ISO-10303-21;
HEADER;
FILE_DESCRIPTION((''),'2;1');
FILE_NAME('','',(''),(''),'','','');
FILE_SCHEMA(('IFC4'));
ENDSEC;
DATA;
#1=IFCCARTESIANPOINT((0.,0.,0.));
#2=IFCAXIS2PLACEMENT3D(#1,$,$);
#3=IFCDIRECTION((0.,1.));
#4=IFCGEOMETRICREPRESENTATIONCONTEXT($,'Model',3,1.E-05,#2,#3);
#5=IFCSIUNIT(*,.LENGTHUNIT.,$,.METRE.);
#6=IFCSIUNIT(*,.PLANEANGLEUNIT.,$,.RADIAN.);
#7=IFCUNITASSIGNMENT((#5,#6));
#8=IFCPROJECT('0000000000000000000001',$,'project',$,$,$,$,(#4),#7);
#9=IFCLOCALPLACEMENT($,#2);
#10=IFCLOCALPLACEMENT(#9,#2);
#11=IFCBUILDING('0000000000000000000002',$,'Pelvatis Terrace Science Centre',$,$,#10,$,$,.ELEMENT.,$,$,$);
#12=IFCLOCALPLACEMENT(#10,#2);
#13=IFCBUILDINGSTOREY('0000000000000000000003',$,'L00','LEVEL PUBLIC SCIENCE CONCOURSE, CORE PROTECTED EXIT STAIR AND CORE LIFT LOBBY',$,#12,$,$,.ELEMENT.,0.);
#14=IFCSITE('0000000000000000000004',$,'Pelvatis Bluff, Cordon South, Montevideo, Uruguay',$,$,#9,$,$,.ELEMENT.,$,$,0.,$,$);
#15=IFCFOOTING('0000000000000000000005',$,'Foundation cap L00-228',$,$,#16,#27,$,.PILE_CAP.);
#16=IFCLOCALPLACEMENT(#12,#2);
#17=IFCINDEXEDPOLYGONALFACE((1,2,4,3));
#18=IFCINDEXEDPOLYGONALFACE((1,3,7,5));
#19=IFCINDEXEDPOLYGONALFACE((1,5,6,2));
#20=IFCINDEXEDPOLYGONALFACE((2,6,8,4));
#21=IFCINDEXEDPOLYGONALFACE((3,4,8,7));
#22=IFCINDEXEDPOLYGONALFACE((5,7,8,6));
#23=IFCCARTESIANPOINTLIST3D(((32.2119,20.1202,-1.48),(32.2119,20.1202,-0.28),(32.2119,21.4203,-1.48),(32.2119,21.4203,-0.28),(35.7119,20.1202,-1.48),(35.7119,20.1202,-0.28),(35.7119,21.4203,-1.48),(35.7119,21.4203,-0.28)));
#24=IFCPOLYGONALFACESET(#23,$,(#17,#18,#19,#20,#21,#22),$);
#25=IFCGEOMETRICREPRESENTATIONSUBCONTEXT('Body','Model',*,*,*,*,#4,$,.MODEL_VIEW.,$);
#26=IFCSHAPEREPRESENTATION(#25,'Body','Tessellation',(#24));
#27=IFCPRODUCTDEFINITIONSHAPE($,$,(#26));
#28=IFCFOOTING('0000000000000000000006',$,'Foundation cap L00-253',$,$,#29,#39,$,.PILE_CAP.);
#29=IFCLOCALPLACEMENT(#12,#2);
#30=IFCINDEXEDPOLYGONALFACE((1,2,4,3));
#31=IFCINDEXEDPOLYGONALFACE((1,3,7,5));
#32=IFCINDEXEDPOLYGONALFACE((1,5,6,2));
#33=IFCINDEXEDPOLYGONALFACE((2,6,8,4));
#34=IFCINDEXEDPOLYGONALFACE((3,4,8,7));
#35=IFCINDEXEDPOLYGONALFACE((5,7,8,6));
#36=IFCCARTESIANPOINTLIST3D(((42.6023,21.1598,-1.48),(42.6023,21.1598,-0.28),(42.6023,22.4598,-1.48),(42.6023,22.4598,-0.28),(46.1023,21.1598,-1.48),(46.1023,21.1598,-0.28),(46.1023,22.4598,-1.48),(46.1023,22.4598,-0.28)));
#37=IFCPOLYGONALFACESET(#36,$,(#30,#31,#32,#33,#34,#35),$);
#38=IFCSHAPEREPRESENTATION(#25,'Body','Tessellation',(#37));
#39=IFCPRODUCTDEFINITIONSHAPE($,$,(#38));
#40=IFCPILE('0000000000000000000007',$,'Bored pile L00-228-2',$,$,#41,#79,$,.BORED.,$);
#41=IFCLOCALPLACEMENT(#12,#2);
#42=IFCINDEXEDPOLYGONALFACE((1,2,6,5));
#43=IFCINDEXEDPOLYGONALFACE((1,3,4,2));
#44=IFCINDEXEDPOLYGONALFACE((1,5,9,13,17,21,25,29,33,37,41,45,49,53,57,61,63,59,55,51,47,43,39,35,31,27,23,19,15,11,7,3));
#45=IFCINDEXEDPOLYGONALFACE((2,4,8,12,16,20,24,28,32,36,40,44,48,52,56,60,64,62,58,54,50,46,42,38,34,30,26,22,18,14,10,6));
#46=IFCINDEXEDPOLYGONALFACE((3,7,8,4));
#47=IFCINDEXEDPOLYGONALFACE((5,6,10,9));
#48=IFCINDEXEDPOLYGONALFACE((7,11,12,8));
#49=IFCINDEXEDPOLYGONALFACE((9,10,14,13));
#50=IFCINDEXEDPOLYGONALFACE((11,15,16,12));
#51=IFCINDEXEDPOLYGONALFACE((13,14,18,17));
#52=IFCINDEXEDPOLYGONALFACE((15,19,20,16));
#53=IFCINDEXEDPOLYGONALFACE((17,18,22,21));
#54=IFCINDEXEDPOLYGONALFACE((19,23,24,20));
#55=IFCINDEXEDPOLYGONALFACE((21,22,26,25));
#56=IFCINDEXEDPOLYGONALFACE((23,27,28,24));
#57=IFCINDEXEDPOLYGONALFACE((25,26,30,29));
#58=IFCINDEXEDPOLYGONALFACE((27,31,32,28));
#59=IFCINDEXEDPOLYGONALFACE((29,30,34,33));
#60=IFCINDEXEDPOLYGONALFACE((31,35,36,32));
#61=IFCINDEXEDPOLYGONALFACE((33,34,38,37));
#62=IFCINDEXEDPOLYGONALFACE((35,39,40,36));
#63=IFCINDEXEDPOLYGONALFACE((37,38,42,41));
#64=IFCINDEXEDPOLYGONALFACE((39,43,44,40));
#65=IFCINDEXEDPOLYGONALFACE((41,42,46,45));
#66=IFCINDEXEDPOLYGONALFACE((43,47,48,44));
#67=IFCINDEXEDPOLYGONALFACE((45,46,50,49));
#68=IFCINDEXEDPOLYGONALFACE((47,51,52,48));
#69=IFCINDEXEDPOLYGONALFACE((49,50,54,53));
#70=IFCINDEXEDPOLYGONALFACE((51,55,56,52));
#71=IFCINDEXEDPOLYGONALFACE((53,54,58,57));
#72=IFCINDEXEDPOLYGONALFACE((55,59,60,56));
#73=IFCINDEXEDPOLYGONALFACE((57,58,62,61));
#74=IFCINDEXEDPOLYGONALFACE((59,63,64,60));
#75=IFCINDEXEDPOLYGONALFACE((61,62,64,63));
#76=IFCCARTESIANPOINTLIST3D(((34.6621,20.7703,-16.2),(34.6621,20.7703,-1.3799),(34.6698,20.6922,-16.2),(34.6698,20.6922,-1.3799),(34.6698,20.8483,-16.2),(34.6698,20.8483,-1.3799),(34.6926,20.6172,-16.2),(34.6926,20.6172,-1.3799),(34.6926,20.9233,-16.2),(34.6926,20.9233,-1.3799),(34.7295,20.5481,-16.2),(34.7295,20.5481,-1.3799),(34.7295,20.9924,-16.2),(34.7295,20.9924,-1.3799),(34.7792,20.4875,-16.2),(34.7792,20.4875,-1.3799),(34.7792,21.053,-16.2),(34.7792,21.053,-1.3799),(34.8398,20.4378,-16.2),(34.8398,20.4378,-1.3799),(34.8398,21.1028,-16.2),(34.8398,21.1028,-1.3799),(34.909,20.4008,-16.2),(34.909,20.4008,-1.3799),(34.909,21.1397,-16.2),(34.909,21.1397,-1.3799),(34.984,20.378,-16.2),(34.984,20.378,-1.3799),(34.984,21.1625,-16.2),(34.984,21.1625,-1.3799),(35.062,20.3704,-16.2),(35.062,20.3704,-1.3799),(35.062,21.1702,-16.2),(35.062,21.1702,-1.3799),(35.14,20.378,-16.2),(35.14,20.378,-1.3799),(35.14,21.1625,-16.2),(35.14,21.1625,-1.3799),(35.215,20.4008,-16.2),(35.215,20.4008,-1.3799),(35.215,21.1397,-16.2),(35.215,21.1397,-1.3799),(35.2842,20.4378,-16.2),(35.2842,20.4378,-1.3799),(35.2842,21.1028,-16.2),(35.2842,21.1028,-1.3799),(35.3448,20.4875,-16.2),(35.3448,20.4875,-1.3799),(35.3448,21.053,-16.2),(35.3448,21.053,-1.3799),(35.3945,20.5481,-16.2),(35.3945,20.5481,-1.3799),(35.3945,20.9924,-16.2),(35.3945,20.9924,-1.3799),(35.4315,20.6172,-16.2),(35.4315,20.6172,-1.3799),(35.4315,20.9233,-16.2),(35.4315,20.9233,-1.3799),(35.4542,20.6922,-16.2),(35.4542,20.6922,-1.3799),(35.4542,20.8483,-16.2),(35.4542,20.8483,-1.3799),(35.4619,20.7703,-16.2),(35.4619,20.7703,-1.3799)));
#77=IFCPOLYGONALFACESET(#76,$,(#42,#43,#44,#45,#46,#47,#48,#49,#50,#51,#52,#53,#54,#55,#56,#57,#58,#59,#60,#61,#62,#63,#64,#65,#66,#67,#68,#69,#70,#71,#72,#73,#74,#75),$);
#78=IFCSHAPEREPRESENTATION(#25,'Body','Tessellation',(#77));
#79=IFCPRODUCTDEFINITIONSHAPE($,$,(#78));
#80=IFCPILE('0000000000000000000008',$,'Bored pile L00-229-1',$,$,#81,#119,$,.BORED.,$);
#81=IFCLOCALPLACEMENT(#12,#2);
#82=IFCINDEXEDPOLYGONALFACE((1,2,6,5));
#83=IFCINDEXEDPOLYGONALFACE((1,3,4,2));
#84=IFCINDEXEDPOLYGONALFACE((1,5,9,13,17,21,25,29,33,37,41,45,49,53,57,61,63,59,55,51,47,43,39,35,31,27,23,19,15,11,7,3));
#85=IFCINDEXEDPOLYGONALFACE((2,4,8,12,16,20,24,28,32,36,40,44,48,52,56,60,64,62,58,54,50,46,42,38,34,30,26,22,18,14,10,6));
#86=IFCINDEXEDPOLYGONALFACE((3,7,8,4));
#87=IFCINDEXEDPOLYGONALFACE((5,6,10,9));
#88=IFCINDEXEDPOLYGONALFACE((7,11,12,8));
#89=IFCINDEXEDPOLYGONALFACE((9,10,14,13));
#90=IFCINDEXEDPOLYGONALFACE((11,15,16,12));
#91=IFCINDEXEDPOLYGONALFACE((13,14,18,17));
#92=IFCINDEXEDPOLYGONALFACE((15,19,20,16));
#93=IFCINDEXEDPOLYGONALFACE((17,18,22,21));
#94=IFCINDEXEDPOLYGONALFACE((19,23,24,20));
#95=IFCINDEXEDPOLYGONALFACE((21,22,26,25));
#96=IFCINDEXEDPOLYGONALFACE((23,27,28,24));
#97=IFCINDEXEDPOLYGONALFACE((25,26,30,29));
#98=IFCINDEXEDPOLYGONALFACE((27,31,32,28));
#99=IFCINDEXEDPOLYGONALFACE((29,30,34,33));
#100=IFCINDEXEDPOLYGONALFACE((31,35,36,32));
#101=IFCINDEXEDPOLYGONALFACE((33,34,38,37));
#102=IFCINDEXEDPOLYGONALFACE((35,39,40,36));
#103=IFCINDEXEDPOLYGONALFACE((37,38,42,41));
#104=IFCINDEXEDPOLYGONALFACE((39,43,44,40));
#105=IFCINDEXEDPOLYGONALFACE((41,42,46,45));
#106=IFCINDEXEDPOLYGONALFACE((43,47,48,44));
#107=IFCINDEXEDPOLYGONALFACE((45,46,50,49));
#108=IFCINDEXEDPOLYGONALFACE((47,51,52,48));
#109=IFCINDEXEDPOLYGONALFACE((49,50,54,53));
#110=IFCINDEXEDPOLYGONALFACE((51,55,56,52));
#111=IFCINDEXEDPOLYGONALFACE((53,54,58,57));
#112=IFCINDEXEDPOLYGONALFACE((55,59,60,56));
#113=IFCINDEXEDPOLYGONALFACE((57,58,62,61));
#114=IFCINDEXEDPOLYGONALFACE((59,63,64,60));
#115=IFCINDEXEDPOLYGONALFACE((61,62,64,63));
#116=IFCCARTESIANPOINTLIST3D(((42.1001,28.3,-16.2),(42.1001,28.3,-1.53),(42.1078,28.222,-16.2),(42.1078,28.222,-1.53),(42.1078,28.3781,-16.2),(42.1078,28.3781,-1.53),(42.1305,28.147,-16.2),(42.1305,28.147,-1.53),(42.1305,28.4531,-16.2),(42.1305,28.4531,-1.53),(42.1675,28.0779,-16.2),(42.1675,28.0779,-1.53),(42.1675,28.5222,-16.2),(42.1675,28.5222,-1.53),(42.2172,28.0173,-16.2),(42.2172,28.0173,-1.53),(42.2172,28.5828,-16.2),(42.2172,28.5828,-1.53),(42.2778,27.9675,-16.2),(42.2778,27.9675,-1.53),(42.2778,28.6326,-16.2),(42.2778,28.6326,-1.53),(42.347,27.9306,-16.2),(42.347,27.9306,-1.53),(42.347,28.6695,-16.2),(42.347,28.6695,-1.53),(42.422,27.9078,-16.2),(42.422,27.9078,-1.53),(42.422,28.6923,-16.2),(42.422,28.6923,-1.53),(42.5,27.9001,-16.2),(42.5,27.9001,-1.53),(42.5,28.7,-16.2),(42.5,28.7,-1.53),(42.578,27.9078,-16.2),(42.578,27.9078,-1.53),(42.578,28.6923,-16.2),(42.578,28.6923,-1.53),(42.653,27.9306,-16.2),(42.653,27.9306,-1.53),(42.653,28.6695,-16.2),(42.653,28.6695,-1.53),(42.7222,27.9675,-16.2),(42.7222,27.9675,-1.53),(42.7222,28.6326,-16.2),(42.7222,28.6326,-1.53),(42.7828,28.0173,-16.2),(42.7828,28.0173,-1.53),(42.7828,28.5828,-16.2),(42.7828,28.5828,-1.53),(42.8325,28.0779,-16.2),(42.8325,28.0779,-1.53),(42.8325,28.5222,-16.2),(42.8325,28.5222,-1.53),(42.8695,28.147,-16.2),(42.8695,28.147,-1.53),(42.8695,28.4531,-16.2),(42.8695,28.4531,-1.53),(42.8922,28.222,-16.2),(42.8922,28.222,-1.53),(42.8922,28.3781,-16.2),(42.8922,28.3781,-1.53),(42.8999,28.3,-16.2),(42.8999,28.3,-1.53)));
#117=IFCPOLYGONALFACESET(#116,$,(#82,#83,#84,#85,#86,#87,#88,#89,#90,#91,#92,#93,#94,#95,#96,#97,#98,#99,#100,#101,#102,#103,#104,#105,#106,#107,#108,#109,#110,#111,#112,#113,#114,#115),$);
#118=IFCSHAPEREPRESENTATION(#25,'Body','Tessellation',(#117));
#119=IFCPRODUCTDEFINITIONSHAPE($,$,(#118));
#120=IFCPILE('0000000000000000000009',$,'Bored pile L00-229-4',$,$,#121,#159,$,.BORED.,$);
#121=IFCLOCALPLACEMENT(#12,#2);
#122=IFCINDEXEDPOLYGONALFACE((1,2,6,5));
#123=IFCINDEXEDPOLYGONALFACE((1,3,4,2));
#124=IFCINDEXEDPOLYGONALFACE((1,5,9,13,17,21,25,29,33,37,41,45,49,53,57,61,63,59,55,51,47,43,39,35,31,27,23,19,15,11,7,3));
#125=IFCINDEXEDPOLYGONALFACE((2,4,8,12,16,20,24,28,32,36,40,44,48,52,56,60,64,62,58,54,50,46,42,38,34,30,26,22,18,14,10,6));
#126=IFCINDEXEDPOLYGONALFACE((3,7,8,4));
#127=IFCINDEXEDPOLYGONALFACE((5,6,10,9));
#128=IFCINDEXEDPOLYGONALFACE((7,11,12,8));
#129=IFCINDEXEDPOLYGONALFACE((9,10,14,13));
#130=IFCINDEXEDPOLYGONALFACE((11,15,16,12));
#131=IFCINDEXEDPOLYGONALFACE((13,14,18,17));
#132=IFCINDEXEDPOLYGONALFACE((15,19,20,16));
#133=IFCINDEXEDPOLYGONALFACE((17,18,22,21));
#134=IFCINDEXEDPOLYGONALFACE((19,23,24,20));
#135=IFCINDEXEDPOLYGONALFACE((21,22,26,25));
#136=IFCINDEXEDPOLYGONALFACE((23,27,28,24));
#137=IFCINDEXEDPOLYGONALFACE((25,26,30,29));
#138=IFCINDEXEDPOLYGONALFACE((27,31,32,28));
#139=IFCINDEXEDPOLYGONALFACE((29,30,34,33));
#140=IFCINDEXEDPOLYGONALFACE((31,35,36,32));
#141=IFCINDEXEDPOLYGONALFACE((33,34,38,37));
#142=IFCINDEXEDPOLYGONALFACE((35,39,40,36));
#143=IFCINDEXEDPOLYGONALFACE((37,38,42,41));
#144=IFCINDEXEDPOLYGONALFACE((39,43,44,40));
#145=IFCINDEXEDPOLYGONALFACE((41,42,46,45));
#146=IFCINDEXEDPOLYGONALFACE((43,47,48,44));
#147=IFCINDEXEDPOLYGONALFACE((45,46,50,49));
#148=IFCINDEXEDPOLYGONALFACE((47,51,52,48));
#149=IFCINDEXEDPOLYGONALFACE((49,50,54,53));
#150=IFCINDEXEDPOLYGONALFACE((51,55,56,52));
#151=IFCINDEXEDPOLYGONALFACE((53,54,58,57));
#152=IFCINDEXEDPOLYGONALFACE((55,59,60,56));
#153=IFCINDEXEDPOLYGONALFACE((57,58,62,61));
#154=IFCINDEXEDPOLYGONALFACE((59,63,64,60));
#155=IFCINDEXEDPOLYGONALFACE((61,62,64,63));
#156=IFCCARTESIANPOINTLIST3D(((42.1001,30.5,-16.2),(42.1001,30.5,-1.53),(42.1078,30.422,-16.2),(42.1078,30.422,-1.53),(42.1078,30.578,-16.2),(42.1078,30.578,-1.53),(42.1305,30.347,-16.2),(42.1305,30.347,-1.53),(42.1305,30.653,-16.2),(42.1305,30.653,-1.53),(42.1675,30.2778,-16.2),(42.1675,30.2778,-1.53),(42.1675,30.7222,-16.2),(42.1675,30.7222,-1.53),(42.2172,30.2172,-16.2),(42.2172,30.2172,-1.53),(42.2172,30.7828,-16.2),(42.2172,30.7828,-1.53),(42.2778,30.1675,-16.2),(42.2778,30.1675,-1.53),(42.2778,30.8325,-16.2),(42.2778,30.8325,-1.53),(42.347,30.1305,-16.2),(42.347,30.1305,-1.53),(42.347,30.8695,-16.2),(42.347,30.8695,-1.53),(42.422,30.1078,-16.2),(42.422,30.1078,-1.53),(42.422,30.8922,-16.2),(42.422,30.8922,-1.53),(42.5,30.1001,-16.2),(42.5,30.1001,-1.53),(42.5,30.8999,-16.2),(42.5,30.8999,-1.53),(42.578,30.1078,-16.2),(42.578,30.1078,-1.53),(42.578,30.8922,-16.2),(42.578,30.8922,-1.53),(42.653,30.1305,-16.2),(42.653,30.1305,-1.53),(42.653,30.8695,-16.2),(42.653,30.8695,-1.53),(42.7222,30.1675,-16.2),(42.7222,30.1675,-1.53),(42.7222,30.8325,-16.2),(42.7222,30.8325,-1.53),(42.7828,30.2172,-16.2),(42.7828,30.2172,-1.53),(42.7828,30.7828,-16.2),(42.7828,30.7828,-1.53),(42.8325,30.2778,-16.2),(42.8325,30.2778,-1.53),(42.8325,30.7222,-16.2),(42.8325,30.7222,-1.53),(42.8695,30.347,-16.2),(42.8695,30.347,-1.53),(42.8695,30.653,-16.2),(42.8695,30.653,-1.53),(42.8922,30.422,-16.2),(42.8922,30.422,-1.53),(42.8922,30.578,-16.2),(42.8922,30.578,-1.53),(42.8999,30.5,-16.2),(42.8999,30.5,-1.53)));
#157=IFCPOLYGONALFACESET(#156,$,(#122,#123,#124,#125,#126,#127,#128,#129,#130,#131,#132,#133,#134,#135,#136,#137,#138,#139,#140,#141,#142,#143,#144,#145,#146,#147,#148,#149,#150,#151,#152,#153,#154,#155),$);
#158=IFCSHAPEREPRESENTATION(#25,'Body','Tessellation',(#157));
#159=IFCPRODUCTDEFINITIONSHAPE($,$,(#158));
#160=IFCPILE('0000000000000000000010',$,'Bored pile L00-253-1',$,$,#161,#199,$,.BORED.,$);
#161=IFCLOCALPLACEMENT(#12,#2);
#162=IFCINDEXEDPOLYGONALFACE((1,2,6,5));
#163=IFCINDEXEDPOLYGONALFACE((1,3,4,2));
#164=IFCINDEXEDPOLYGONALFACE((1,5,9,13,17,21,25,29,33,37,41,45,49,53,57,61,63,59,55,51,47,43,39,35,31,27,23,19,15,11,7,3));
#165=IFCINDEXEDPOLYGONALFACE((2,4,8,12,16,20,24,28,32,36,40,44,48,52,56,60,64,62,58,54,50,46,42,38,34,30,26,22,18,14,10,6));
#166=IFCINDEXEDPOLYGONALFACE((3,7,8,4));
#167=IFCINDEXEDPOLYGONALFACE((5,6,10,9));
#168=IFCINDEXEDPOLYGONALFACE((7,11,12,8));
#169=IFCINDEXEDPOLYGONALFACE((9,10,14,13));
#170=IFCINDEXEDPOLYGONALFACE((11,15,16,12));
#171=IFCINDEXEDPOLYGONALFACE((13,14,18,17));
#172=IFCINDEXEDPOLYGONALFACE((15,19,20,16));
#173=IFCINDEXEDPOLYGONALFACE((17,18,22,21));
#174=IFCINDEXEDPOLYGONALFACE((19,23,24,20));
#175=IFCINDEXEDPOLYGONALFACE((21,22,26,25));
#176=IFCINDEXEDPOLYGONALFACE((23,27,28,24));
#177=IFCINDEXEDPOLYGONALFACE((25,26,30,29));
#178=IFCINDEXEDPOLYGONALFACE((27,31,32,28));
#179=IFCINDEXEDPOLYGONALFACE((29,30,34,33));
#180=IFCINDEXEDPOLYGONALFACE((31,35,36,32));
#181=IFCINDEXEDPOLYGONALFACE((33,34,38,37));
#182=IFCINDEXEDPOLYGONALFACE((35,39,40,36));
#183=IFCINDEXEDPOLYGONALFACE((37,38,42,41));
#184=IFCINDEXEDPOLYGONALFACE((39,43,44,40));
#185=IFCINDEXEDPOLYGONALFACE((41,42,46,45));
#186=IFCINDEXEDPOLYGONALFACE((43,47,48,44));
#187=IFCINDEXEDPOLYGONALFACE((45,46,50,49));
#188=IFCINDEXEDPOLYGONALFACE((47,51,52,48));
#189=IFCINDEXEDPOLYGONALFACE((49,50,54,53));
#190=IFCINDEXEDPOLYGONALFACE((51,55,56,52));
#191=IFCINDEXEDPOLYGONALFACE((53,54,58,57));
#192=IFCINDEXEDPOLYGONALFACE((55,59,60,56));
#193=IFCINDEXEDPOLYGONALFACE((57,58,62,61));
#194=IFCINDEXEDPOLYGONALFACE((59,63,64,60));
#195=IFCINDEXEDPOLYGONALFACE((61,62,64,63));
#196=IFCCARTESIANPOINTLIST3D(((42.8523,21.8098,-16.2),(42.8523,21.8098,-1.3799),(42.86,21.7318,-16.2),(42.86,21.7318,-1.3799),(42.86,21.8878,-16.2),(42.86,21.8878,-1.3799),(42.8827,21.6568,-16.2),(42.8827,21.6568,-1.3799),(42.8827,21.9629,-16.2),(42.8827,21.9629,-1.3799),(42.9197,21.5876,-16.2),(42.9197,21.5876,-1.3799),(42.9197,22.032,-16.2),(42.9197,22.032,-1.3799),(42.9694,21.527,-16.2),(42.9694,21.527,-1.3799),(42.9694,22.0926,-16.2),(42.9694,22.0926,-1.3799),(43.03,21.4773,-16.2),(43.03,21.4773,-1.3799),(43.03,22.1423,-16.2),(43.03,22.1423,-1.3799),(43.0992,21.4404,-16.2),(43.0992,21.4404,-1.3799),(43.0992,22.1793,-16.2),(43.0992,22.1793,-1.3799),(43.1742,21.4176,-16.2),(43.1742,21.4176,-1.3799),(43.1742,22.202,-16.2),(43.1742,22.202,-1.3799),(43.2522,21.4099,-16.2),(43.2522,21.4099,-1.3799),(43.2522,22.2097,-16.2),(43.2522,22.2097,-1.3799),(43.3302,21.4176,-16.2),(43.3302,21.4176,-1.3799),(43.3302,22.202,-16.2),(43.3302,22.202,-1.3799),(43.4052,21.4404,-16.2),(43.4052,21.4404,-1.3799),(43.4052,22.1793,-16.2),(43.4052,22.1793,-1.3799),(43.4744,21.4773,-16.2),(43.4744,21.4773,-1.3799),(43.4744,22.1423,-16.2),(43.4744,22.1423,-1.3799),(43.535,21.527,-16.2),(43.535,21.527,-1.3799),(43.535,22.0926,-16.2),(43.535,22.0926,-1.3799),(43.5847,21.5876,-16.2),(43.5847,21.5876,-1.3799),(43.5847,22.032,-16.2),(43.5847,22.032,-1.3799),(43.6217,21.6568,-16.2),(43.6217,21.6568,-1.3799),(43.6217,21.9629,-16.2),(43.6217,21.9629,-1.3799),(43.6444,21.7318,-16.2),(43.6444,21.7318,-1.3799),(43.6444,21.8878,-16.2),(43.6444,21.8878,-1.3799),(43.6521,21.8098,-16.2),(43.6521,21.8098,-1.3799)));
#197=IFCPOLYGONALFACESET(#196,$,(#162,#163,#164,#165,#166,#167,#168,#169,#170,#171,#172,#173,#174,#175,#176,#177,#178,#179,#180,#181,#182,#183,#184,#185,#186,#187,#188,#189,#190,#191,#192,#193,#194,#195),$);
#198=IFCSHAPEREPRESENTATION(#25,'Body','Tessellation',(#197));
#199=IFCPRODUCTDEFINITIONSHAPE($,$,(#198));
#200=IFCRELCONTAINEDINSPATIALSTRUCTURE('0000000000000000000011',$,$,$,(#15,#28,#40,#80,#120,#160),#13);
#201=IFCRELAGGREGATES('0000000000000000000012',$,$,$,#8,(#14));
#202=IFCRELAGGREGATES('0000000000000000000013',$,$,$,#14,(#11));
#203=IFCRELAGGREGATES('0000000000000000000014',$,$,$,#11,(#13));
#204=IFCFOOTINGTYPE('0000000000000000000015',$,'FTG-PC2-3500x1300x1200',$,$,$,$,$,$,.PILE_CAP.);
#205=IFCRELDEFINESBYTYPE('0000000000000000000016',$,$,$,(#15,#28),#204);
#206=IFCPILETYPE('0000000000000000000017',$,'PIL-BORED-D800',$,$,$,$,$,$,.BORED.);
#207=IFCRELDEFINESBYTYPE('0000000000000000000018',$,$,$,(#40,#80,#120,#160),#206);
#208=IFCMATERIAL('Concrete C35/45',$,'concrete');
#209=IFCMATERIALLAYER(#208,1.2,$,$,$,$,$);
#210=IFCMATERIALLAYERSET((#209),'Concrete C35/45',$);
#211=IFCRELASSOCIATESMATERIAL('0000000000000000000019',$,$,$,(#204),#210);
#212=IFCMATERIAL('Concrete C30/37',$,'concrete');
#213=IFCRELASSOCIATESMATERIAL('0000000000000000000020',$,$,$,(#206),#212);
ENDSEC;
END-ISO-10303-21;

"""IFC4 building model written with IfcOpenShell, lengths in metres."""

from ifc_helpers import new_model, si_unit, direction, frame, origin, origin_2d, place, context, subcontext, project, spatial, rectangle, circle, extrude, material, layer, layer_set, material_profile, profile_set, type_object, element, save


model = new_model("IFC4")

# Units and contexts
model_context = context("Model", 3, precision=1e-05, world=origin(), true_north=direction((0.0, 1.0)))
body_context = subcontext(model_context, "Body", "Model", "MODEL_VIEW")
ifc_project = project(units=[si_unit("LENGTHUNIT", "METRE"), si_unit("PLANEANGLEUNIT", "RADIAN")], contexts=[model_context])

# Site, building, storey
site_placement = place(None, origin())
site = spatial("IfcSite", under=ifc_project, at=site_placement, Name="Pelvatis Bluff, Cordon South, Montevideo, Uruguay", CompositionType="ELEMENT", RefElevation=0.0)
building_placement = place(site_placement, origin())
building = spatial("IfcBuilding", under=site, at=building_placement, Name="Pelvatis Terrace Science Centre", CompositionType="ELEMENT")
storey_placement = place(building_placement, origin())
storey = spatial("IfcBuildingStorey", under=building, at=storey_placement, Name="L00", Description="LEVEL PUBLIC SCIENCE CONCOURSE, CORE PROTECTED EXIT STAIR AND CORE LIFT LOBBY", CompositionType="ELEMENT", Elevation=0.0)

# Footings
ifc_material_1 = material(Name="Concrete C35/45", Category="concrete")
ifc_layer_1 = layer(ifc_material_1, 1.2)
ifc_layer_set_1 = layer_set([ifc_layer_1], Name="Concrete C35/45")
footing_type = type_object("IfcFootingType", Name="FTG-PC2-3500x1300x1200", PredefinedType="PILE_CAP", material=ifc_layer_set_1)
for number, where, z_axis, x_axis, name in (
    (1, (33.9619, 20.7703, -1.48), (0.0, 0.0, 1.0), (1.0, 0.0, 0.0), "Foundation cap L00-228"),
    (2, (44.3523, 21.8098, -1.48), (0.0, 0.0, 1.0), (1.0, 0.0, 0.0), "Foundation cap L00-253"),
):
    element("IfcFooting", number, at=place(storey_placement, frame(where, z_axis=z_axis, x_axis=x_axis)), inside=storey, type_object=footing_type, Name=name, PredefinedType="PILE_CAP", context=body_context, shape_type="SweptSolid", body=[
        extrude(rectangle(XDim=3.5, YDim=1.3, at=origin_2d()), origin(), (0.0, 0.0, 1.0), 1.2),
    ])

# Piles
ifc_material_2 = material(Name="Concrete C30/37", Category="concrete")
ifc_material_profile_1 = material_profile(ifc_material_2, circle(Radius=0.3999, at=origin_2d()), Name="PILE D800")
ifc_profile_set_1 = profile_set([ifc_material_profile_1], Name="Concrete C30/37")
pile_type = type_object("IfcPileType", Name="PIL-BORED-D800", PredefinedType="BORED", material=ifc_profile_set_1)
pile_1_placement = place(storey_placement, frame((35.062, 20.7703, -1.3799), z_axis=(0.0, 0.0, -1.0), x_axis=(1.0, 0.0, 0.0)))
element("IfcPile", 3, at=pile_1_placement, inside=storey, type_object=pile_type, Name="Bored pile L00-228-2", PredefinedType="BORED", context=body_context, shape_type="SweptSolid", body=[
    extrude(circle(Radius=0.3999, at=origin_2d()), origin(), (0.0, 0.0, 1.0), 14.8201),
])
for number, where, z_axis, x_axis, name in (
    (4, (42.5, 28.3, -1.53), (0.0, 0.0, -1.0), (1.0, 0.0, 0.0), "Bored pile L00-229-1"),
    (5, (42.5, 30.5, -1.53), (0.0, 0.0, -1.0), (1.0, 0.0, 0.0), "Bored pile L00-229-4"),
):
    element("IfcPile", number, at=place(storey_placement, frame(where, z_axis=z_axis, x_axis=x_axis)), inside=storey, type_object=pile_type, Name=name, PredefinedType="BORED", context=body_context, shape_type="SweptSolid", body=[
        extrude(circle(Radius=0.3999, at=origin_2d()), origin(), (0.0, 0.0, 1.0), 14.6699),
    ])
pile_2_placement = place(storey_placement, frame((43.2522, 21.8098, -1.3799), z_axis=(0.0, 0.0, -1.0), x_axis=(1.0, 0.0, 0.0)))
element("IfcPile", 6, at=pile_2_placement, inside=storey, type_object=pile_type, Name="Bored pile L00-253-1", PredefinedType="BORED", context=body_context, shape_type="SweptSolid", body=[
    extrude(circle(Radius=0.3999, at=origin_2d()), origin(), (0.0, 0.0, 1.0), 14.8201),
])

save(model, "model.ifc")
